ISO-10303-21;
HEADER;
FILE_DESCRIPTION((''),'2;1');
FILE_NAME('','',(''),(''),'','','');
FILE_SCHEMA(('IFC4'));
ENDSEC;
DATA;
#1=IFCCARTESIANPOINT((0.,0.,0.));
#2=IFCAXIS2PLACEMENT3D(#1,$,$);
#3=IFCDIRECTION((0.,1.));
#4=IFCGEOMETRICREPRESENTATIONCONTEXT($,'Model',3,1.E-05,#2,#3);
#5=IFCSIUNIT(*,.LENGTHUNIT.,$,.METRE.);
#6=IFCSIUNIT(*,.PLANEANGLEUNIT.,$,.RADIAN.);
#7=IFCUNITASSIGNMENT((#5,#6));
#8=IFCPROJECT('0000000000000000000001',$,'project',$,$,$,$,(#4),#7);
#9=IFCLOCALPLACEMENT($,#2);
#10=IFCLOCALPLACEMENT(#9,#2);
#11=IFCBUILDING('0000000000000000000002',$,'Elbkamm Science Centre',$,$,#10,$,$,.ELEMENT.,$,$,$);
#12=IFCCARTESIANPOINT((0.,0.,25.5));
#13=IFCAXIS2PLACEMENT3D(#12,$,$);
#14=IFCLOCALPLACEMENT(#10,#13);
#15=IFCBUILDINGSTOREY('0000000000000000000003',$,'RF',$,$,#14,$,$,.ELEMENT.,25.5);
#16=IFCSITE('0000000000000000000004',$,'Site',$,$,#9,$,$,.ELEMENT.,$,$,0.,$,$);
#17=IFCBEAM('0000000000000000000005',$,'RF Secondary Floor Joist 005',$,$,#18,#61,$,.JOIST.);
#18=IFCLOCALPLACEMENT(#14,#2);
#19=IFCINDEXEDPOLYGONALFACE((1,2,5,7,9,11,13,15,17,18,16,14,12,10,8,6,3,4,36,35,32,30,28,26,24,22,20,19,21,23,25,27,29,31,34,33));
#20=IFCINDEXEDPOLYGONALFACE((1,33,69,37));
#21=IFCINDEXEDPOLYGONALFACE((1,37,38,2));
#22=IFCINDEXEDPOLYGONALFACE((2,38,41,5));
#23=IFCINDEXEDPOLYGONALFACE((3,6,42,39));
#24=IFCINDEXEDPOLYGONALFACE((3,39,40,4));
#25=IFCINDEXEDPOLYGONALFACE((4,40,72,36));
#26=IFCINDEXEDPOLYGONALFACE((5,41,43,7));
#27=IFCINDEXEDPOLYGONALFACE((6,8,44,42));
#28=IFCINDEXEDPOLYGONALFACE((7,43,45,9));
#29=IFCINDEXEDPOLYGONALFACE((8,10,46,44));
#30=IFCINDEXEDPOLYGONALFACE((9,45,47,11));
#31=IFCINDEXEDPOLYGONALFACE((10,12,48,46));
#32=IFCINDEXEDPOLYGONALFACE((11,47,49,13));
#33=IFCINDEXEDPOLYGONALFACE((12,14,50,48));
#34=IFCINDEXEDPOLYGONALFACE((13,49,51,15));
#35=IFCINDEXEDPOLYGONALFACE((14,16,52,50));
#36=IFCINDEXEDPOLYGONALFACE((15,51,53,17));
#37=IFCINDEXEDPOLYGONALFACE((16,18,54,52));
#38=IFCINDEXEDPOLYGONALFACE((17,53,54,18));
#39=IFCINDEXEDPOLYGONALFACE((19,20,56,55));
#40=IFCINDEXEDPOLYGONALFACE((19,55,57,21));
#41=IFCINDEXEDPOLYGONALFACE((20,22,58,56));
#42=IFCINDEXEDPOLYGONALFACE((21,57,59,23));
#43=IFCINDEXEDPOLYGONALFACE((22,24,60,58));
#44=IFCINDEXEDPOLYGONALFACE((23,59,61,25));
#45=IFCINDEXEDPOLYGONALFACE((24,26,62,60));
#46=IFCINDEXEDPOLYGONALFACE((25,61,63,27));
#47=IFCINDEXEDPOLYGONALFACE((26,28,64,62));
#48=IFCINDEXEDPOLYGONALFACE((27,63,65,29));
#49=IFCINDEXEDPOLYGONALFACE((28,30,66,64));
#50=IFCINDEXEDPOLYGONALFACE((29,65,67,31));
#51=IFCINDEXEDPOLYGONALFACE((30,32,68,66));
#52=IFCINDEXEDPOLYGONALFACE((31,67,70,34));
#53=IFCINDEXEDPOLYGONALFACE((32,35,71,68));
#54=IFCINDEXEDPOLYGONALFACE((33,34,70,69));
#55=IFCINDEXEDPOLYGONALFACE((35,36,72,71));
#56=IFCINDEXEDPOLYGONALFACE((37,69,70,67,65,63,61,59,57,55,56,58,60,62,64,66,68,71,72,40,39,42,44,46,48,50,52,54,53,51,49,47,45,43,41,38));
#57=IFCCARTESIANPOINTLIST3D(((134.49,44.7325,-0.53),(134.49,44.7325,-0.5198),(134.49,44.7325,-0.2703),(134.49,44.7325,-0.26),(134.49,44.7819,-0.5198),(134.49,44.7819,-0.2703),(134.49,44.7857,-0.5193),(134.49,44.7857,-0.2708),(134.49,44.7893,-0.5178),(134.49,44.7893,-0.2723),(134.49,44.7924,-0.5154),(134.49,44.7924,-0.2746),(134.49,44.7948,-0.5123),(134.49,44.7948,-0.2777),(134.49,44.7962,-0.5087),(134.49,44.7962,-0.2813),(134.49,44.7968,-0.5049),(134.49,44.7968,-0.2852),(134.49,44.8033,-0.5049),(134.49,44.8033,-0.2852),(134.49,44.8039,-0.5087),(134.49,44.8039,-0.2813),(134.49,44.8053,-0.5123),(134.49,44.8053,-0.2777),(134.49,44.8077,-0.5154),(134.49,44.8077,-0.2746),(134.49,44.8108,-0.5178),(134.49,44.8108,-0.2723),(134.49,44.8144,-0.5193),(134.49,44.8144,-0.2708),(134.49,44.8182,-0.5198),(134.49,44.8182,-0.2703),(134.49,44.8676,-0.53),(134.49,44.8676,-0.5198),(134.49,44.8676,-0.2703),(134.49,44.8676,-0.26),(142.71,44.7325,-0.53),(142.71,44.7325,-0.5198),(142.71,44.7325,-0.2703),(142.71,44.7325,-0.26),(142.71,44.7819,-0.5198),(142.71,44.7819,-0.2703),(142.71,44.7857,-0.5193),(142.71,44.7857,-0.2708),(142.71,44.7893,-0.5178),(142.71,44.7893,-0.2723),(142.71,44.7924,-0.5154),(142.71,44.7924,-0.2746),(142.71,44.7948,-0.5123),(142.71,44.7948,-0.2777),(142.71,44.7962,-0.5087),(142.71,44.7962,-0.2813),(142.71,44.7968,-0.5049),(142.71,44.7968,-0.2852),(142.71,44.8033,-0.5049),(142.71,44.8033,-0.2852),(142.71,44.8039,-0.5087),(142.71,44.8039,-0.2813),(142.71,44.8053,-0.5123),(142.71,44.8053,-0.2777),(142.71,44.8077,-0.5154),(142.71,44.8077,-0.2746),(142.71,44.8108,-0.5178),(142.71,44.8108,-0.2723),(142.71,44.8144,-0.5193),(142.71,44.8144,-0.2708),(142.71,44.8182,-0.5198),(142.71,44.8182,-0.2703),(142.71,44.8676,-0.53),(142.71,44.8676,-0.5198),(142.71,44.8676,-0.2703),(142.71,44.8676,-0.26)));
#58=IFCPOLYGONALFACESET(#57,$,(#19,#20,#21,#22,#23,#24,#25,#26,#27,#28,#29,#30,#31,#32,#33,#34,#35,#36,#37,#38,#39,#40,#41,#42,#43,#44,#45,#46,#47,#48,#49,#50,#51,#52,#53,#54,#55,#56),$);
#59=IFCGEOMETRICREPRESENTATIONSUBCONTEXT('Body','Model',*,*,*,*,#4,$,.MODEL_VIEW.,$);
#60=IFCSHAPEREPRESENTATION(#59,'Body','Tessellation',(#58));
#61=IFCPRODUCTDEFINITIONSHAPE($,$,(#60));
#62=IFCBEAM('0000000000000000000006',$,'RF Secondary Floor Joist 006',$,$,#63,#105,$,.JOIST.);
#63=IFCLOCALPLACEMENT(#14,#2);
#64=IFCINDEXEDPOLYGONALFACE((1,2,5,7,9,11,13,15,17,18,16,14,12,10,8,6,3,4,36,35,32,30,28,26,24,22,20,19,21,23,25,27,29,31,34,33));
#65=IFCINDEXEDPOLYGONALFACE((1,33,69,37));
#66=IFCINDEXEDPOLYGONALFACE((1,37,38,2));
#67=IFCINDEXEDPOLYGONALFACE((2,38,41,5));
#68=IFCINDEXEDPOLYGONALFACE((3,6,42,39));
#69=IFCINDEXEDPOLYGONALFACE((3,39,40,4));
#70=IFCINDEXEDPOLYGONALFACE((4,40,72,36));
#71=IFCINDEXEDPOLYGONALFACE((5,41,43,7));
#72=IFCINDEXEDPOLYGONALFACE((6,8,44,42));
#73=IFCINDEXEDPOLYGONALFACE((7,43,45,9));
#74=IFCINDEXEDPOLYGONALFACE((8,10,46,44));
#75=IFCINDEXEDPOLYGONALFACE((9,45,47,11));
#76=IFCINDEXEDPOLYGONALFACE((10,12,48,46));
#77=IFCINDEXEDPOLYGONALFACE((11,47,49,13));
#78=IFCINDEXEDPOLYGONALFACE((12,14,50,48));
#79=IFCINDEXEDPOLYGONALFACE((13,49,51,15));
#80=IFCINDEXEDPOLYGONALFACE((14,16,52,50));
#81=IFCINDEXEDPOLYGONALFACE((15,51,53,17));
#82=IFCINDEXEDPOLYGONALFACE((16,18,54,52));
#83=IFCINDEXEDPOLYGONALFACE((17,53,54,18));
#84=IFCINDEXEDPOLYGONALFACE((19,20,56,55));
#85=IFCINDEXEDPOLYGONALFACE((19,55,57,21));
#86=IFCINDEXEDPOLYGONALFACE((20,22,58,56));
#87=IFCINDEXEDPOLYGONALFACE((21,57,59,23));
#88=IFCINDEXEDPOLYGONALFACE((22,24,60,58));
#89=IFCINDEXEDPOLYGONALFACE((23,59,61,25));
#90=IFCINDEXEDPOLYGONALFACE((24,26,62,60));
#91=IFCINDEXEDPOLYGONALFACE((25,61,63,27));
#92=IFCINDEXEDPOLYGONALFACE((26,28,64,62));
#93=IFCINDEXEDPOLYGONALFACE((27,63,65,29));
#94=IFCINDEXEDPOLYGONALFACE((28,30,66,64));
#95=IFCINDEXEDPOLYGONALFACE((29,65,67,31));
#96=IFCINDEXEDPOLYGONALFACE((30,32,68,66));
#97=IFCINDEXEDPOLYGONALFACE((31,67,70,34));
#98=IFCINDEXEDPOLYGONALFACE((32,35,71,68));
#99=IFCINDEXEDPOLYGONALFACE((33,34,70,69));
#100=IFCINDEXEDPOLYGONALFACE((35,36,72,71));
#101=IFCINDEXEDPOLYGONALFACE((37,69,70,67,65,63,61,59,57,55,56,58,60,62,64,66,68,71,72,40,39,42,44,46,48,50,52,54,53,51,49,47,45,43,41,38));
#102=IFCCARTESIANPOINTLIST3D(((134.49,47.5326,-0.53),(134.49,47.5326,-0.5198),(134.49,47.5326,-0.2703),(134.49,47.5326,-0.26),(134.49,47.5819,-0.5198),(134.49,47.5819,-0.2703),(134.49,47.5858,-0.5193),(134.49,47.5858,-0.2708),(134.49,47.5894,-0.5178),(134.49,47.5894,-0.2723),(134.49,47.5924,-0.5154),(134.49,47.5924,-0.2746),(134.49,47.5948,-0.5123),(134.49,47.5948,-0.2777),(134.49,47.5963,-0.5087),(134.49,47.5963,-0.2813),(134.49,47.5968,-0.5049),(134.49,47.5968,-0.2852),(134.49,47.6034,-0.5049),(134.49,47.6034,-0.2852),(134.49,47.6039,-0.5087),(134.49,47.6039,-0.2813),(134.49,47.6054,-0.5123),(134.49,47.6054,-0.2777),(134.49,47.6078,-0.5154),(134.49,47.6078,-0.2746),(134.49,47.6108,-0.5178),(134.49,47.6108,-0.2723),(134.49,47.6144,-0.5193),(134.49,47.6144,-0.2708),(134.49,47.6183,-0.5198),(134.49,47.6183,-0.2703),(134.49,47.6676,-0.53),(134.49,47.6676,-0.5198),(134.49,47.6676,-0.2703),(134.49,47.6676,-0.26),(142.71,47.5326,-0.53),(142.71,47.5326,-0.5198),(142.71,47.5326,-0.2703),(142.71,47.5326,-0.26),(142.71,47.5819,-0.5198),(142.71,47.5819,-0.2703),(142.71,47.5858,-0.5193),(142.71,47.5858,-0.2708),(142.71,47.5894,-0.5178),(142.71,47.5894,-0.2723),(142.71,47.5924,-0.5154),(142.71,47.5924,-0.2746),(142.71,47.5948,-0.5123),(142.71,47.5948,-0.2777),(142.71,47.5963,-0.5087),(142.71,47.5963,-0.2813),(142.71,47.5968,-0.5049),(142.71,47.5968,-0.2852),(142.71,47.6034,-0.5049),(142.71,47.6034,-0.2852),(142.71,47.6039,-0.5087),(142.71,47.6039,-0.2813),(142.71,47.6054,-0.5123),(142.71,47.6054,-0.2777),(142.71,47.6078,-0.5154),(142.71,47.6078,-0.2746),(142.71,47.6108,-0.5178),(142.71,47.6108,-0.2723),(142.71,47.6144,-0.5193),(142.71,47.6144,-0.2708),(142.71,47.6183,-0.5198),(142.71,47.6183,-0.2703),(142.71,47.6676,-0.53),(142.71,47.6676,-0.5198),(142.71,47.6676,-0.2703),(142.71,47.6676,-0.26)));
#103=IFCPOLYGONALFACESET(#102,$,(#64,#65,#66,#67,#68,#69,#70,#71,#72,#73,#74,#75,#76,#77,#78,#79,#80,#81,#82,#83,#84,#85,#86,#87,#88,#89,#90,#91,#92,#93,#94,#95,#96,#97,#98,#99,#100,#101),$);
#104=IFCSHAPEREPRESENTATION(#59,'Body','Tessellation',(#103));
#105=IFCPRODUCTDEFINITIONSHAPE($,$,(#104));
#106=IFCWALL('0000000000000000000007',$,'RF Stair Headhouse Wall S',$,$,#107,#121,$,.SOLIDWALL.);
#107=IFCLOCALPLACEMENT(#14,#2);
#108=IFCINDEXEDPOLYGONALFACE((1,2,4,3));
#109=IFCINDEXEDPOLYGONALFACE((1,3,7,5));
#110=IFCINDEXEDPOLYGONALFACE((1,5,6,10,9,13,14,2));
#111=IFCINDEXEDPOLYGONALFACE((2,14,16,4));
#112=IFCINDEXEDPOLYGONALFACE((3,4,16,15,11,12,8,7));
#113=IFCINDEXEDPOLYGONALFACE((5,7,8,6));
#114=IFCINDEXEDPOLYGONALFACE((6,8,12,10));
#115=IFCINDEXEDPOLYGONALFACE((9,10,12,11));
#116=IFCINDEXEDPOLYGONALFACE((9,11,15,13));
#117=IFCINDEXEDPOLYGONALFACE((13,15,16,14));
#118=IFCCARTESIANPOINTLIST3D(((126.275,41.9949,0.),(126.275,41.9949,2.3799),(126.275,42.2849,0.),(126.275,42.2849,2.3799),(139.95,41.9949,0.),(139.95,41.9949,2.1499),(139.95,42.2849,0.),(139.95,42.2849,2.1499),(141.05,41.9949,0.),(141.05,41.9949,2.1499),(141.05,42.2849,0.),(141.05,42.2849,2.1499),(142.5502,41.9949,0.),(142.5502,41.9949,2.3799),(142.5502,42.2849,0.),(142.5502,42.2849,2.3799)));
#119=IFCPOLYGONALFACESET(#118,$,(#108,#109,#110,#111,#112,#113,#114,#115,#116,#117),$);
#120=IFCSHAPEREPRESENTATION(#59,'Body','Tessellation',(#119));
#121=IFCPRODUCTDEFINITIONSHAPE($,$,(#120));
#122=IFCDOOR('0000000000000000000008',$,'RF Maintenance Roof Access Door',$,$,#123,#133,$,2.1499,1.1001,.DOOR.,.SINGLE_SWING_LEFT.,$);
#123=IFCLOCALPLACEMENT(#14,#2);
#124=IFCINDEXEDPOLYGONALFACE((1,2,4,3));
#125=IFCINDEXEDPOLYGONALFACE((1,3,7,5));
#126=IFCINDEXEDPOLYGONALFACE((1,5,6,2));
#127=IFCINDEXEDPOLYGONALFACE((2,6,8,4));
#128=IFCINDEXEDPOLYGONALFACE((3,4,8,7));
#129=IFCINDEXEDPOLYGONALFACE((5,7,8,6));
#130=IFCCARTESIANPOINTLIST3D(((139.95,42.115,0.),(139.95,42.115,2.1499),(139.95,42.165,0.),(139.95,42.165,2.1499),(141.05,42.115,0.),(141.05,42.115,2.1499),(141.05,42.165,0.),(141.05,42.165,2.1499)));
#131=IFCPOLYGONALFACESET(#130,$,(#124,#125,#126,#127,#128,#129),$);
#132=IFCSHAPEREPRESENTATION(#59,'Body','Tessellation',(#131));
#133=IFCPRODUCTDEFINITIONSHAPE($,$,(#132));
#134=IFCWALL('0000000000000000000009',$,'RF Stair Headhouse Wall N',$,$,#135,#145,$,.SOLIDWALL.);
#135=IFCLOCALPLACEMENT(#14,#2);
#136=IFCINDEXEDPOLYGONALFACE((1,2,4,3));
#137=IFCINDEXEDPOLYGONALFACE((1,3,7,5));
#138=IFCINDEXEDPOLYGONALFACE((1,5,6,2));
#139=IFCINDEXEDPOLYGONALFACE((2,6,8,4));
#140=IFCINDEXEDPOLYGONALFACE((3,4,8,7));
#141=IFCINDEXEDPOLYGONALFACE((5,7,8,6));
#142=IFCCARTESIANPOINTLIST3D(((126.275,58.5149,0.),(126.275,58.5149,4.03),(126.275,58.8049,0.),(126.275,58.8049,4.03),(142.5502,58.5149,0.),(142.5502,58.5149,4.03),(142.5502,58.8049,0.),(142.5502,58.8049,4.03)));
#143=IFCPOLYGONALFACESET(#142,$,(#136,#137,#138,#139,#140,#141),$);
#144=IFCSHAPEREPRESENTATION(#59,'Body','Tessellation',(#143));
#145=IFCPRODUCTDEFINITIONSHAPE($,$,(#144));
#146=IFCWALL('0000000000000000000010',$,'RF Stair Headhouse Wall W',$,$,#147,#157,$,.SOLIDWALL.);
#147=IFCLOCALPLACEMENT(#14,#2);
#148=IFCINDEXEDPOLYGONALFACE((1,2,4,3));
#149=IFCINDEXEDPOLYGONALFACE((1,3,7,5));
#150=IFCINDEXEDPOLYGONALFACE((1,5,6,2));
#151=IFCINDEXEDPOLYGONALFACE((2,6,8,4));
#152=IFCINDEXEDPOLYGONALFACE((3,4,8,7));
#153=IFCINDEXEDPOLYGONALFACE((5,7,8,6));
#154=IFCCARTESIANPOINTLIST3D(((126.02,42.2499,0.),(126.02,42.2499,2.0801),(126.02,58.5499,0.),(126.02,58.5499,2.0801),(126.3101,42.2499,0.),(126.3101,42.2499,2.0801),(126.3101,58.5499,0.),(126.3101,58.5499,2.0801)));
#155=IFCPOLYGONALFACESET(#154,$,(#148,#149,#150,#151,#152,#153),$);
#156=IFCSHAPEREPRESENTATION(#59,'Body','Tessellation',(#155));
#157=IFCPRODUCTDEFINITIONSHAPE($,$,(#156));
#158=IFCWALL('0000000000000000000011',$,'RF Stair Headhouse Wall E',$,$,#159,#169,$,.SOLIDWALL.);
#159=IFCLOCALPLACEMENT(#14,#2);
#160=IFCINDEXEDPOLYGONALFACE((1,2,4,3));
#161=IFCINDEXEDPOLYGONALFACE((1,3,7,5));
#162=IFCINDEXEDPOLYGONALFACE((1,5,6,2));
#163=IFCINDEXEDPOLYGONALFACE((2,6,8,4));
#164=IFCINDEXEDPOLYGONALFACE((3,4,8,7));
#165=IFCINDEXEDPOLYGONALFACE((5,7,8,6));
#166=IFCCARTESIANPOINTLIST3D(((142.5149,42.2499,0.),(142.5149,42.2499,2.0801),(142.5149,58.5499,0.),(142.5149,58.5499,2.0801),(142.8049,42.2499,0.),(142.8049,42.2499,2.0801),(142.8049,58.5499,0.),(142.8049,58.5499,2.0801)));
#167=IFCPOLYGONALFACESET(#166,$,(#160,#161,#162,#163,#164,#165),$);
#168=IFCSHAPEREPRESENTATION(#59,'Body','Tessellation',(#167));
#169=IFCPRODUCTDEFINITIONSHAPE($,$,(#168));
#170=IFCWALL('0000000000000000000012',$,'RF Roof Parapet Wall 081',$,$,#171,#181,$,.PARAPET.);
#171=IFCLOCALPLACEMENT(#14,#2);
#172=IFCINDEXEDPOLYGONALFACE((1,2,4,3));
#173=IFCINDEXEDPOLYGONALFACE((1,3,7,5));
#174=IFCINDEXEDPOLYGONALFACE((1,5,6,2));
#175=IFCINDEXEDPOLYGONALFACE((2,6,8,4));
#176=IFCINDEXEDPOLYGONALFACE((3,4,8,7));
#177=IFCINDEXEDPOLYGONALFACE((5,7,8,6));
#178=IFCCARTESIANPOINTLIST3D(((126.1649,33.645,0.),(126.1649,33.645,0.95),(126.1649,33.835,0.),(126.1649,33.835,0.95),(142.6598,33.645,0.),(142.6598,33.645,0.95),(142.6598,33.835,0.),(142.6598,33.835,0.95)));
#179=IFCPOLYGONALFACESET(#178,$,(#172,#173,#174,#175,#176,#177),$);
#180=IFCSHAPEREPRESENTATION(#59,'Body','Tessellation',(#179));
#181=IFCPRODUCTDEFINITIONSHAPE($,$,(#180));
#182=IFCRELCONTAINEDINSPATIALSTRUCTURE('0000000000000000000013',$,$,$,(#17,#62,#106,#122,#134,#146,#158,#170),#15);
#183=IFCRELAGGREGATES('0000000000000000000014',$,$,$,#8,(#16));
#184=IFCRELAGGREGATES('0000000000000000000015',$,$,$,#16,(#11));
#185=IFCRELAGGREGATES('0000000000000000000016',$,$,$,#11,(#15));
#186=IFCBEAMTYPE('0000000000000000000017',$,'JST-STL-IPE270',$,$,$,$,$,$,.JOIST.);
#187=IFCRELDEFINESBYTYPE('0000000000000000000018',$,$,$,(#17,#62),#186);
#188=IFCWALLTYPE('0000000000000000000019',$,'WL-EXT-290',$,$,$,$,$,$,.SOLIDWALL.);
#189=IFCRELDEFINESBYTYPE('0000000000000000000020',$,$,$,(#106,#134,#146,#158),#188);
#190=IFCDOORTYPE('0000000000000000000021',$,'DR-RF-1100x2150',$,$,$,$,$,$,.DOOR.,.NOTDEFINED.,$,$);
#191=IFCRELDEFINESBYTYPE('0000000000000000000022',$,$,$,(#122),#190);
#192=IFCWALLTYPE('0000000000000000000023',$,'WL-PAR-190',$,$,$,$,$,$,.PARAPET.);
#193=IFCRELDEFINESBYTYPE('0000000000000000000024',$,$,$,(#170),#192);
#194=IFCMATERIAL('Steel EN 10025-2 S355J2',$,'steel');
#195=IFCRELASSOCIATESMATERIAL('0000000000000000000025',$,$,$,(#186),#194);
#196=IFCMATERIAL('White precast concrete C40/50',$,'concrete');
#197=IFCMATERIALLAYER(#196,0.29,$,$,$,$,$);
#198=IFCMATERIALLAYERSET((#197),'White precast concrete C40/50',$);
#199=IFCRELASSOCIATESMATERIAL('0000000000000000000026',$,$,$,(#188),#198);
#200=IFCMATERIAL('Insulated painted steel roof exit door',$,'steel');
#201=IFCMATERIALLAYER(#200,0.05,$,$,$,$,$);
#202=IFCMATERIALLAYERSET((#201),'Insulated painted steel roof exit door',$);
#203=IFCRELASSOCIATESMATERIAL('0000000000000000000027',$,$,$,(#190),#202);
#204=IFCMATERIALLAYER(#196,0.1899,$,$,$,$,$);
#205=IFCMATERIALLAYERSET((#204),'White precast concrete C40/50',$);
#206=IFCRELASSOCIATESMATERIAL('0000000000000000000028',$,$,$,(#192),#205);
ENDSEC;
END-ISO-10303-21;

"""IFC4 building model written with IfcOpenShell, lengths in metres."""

from ifc_helpers import new_model, si_unit, direction, frame, frame_2d, origin, origin_2d, place, context, subcontext, project, spatial, rectangle, i_section, extrude, material, layer, layer_set, material_profile, profile_set, type_object, element, fill, save


model = new_model("IFC4")

# Units and contexts
model_context = context("Model", 3, precision=1e-05, world=origin(), true_north=direction((0.0, 1.0)))
body_context = subcontext(model_context, "Body", "Model", "MODEL_VIEW")
ifc_project = project(units=[si_unit("LENGTHUNIT", "METRE"), si_unit("PLANEANGLEUNIT", "RADIAN")], contexts=[model_context])

# Site, building, storey
site_placement = place(None, origin())
site = spatial("IfcSite", under=ifc_project, at=site_placement, Name="Site", CompositionType="ELEMENT", RefElevation=0.0)
building_placement = place(site_placement, origin())
building = spatial("IfcBuilding", under=site, at=building_placement, Name="Elbkamm Science Centre", CompositionType="ELEMENT")
storey_placement = place(building_placement, frame((0.0, 0.0, 25.5)))
storey = spatial("IfcBuildingStorey", under=building, at=storey_placement, Name="RF", CompositionType="ELEMENT", Elevation=25.5)

# Beams
ifc_material_1 = material(Name="Steel EN 10025-2 S355J2", Category="steel")
ifc_material_profile_1 = material_profile(ifc_material_1, i_section(OverallWidth=0.135, OverallDepth=0.27, WebThickness=0.0066, FlangeThickness=0.0103, FilletRadius=0.0149, at=origin_2d()), Name="IPE 270")
ifc_profile_set_1 = profile_set([ifc_material_profile_1], Name="Steel EN 10025-2 S355J2")
beam_type_1 = type_object("IfcBeamType", Name="JST-STL-IPE270", PredefinedType="JOIST", material=ifc_profile_set_1)
for number, where, z_axis, x_axis, name in (
    (1, (134.49, 44.8, -0.395), (1.0, 0.0, 0.0), (0.0, 1.0, 0.0), "RF Secondary Floor Joist 005"),
    (2, (134.49, 47.6001, -0.395), (1.0, 0.0, 0.0), (0.0, 1.0, 0.0), "RF Secondary Floor Joist 006"),
):
    element("IfcBeam", number, at=place(storey_placement, frame(where, z_axis=z_axis, x_axis=x_axis)), inside=storey, type_object=beam_type_1, Name=name, PredefinedType="JOIST", context=body_context, shape_type="SweptSolid", body=[
        extrude(i_section(OverallWidth=0.135, OverallDepth=0.27, WebThickness=0.0066, FlangeThickness=0.0103, FilletRadius=0.0149, at=origin_2d()), origin(), (0.0, 0.0, 1.0), 8.22),
    ])

# Wall, opening, door
ifc_material_2 = material(Name="White precast concrete C40/50", Category="concrete")
ifc_layer_1 = layer(ifc_material_2, 0.29)
ifc_layer_set_1 = layer_set([ifc_layer_1], Name="White precast concrete C40/50")
wall_type_1 = type_object("IfcWallType", Name="WL-EXT-290", PredefinedType="SOLIDWALL", material=ifc_layer_set_1)
wall_1_placement = place(storey_placement, frame((126.2749, 42.1399, 0.0), z_axis=(0.0, 0.0, 1.0), x_axis=(1.0, 0.0, 0.0)))
wall_1 = element("IfcWall", 3, at=wall_1_placement, inside=storey, type_object=wall_type_1, Name="RF Stair Headhouse Wall S", PredefinedType="SOLIDWALL", context=body_context, shape_type="SweptSolid", body=[
    extrude(rectangle(XDim=16.2751, YDim=0.29, at=frame_2d((8.1377, 0.0))), origin(), (0.0, 0.0, 1.0), 2.3799),
])
opening_1_placement = place(wall_1_placement, frame((13.675, 0.0, 0.0)))
opening_1 = element("IfcOpeningElement", 4, at=opening_1_placement, cuts=wall_1, PredefinedType="OPENING", context=body_context, shape_type="SweptSolid", body=[
    extrude(rectangle(XDim=1.1001, YDim=2.1499, at=frame_2d((0.55, 1.075))), frame((0.0, 0.157, 0.0), z_axis=(0.0, -1.0, 0.0), x_axis=(1.0, 0.0, 0.0)), (0.0, 0.0, 1.0), 0.314),
])
ifc_material_3 = material(Name="Insulated painted steel roof exit door", Category="steel")
ifc_layer_2 = layer(ifc_material_3, 0.05)
ifc_layer_set_2 = layer_set([ifc_layer_2], Name="Insulated painted steel roof exit door")
door_type_1 = type_object("IfcDoorType", Name="DR-RF-1100x2150", OperationType="NOTDEFINED", PredefinedType="DOOR", material=ifc_layer_set_2)
door_1_placement = place(opening_1_placement, frame((1.1001, 0.0, 0.0), z_axis=(0.0, 0.0, 1.0), x_axis=(-1.0, 0.0, 0.0)))
door_1 = element("IfcDoor", 5, at=door_1_placement, inside=storey, type_object=door_type_1, Name="RF Maintenance Roof Access Door", OperationType="SINGLE_SWING_LEFT", OverallHeight=2.1499, OverallWidth=1.1001, PredefinedType="DOOR", context=body_context, shape_type="SweptSolid", body=[
    extrude(rectangle(XDim=1.1001, YDim=2.1499, at=frame_2d((0.55, 1.075))), frame((0.0, 0.0249, 0.0), z_axis=(0.0, -1.0, 0.0), x_axis=(1.0, 0.0, 0.0)), (0.0, 0.0, 1.0), 0.05),
])
fill(opening_1, door_1)

# Walls
wall_2_placement = place(storey_placement, frame((126.2749, 58.6599, 0.0), z_axis=(0.0, 0.0, 1.0), x_axis=(1.0, 0.0, 0.0)))
element("IfcWall", 6, at=wall_2_placement, inside=storey, type_object=wall_type_1, Name="RF Stair Headhouse Wall N", PredefinedType="SOLIDWALL", context=body_context, shape_type="SweptSolid", body=[
    extrude(rectangle(XDim=16.2751, YDim=0.29, at=frame_2d((8.1377, 0.0))), origin(), (0.0, 0.0, 1.0), 4.03),
])
for number, where, z_axis, x_axis, name in (
    (7, (126.165, 42.25, 0.0), (0.0, 0.0, 1.0), (0.0, 1.0, 0.0), "RF Stair Headhouse Wall W"),
    (8, (142.6599, 42.25, 0.0), (0.0, 0.0, 1.0), (0.0, 1.0, 0.0), "RF Stair Headhouse Wall E"),
):
    element("IfcWall", number, at=place(storey_placement, frame(where, z_axis=z_axis, x_axis=x_axis)), inside=storey, type_object=wall_type_1, Name=name, PredefinedType="SOLIDWALL", context=body_context, shape_type="SweptSolid", body=[
        extrude(rectangle(XDim=16.3, YDim=0.29, at=frame_2d((8.1499, 0.0))), origin(), (0.0, 0.0, 1.0), 2.0801),
    ])
ifc_layer_3 = layer(ifc_material_2, 0.1899)
ifc_layer_set_3 = layer_set([ifc_layer_3], Name="White precast concrete C40/50")
wall_type_2 = type_object("IfcWallType", Name="WL-PAR-190", PredefinedType="PARAPET", material=ifc_layer_set_3)
wall_3_placement = place(storey_placement, frame((142.6599, 33.74, 0.0), z_axis=(0.0, 0.0, 1.0), x_axis=(-1.0, 0.0, 0.0)))
element("IfcWall", 9, at=wall_3_placement, inside=storey, type_object=wall_type_2, Name="RF Roof Parapet Wall 081", PredefinedType="PARAPET", context=body_context, shape_type="SweptSolid", body=[
    extrude(rectangle(XDim=16.4949, YDim=0.1899, at=frame_2d((8.2476, 0.0))), origin(), (0.0, 0.0, 1.0), 0.95),
])

save(model, "model.ifc")
